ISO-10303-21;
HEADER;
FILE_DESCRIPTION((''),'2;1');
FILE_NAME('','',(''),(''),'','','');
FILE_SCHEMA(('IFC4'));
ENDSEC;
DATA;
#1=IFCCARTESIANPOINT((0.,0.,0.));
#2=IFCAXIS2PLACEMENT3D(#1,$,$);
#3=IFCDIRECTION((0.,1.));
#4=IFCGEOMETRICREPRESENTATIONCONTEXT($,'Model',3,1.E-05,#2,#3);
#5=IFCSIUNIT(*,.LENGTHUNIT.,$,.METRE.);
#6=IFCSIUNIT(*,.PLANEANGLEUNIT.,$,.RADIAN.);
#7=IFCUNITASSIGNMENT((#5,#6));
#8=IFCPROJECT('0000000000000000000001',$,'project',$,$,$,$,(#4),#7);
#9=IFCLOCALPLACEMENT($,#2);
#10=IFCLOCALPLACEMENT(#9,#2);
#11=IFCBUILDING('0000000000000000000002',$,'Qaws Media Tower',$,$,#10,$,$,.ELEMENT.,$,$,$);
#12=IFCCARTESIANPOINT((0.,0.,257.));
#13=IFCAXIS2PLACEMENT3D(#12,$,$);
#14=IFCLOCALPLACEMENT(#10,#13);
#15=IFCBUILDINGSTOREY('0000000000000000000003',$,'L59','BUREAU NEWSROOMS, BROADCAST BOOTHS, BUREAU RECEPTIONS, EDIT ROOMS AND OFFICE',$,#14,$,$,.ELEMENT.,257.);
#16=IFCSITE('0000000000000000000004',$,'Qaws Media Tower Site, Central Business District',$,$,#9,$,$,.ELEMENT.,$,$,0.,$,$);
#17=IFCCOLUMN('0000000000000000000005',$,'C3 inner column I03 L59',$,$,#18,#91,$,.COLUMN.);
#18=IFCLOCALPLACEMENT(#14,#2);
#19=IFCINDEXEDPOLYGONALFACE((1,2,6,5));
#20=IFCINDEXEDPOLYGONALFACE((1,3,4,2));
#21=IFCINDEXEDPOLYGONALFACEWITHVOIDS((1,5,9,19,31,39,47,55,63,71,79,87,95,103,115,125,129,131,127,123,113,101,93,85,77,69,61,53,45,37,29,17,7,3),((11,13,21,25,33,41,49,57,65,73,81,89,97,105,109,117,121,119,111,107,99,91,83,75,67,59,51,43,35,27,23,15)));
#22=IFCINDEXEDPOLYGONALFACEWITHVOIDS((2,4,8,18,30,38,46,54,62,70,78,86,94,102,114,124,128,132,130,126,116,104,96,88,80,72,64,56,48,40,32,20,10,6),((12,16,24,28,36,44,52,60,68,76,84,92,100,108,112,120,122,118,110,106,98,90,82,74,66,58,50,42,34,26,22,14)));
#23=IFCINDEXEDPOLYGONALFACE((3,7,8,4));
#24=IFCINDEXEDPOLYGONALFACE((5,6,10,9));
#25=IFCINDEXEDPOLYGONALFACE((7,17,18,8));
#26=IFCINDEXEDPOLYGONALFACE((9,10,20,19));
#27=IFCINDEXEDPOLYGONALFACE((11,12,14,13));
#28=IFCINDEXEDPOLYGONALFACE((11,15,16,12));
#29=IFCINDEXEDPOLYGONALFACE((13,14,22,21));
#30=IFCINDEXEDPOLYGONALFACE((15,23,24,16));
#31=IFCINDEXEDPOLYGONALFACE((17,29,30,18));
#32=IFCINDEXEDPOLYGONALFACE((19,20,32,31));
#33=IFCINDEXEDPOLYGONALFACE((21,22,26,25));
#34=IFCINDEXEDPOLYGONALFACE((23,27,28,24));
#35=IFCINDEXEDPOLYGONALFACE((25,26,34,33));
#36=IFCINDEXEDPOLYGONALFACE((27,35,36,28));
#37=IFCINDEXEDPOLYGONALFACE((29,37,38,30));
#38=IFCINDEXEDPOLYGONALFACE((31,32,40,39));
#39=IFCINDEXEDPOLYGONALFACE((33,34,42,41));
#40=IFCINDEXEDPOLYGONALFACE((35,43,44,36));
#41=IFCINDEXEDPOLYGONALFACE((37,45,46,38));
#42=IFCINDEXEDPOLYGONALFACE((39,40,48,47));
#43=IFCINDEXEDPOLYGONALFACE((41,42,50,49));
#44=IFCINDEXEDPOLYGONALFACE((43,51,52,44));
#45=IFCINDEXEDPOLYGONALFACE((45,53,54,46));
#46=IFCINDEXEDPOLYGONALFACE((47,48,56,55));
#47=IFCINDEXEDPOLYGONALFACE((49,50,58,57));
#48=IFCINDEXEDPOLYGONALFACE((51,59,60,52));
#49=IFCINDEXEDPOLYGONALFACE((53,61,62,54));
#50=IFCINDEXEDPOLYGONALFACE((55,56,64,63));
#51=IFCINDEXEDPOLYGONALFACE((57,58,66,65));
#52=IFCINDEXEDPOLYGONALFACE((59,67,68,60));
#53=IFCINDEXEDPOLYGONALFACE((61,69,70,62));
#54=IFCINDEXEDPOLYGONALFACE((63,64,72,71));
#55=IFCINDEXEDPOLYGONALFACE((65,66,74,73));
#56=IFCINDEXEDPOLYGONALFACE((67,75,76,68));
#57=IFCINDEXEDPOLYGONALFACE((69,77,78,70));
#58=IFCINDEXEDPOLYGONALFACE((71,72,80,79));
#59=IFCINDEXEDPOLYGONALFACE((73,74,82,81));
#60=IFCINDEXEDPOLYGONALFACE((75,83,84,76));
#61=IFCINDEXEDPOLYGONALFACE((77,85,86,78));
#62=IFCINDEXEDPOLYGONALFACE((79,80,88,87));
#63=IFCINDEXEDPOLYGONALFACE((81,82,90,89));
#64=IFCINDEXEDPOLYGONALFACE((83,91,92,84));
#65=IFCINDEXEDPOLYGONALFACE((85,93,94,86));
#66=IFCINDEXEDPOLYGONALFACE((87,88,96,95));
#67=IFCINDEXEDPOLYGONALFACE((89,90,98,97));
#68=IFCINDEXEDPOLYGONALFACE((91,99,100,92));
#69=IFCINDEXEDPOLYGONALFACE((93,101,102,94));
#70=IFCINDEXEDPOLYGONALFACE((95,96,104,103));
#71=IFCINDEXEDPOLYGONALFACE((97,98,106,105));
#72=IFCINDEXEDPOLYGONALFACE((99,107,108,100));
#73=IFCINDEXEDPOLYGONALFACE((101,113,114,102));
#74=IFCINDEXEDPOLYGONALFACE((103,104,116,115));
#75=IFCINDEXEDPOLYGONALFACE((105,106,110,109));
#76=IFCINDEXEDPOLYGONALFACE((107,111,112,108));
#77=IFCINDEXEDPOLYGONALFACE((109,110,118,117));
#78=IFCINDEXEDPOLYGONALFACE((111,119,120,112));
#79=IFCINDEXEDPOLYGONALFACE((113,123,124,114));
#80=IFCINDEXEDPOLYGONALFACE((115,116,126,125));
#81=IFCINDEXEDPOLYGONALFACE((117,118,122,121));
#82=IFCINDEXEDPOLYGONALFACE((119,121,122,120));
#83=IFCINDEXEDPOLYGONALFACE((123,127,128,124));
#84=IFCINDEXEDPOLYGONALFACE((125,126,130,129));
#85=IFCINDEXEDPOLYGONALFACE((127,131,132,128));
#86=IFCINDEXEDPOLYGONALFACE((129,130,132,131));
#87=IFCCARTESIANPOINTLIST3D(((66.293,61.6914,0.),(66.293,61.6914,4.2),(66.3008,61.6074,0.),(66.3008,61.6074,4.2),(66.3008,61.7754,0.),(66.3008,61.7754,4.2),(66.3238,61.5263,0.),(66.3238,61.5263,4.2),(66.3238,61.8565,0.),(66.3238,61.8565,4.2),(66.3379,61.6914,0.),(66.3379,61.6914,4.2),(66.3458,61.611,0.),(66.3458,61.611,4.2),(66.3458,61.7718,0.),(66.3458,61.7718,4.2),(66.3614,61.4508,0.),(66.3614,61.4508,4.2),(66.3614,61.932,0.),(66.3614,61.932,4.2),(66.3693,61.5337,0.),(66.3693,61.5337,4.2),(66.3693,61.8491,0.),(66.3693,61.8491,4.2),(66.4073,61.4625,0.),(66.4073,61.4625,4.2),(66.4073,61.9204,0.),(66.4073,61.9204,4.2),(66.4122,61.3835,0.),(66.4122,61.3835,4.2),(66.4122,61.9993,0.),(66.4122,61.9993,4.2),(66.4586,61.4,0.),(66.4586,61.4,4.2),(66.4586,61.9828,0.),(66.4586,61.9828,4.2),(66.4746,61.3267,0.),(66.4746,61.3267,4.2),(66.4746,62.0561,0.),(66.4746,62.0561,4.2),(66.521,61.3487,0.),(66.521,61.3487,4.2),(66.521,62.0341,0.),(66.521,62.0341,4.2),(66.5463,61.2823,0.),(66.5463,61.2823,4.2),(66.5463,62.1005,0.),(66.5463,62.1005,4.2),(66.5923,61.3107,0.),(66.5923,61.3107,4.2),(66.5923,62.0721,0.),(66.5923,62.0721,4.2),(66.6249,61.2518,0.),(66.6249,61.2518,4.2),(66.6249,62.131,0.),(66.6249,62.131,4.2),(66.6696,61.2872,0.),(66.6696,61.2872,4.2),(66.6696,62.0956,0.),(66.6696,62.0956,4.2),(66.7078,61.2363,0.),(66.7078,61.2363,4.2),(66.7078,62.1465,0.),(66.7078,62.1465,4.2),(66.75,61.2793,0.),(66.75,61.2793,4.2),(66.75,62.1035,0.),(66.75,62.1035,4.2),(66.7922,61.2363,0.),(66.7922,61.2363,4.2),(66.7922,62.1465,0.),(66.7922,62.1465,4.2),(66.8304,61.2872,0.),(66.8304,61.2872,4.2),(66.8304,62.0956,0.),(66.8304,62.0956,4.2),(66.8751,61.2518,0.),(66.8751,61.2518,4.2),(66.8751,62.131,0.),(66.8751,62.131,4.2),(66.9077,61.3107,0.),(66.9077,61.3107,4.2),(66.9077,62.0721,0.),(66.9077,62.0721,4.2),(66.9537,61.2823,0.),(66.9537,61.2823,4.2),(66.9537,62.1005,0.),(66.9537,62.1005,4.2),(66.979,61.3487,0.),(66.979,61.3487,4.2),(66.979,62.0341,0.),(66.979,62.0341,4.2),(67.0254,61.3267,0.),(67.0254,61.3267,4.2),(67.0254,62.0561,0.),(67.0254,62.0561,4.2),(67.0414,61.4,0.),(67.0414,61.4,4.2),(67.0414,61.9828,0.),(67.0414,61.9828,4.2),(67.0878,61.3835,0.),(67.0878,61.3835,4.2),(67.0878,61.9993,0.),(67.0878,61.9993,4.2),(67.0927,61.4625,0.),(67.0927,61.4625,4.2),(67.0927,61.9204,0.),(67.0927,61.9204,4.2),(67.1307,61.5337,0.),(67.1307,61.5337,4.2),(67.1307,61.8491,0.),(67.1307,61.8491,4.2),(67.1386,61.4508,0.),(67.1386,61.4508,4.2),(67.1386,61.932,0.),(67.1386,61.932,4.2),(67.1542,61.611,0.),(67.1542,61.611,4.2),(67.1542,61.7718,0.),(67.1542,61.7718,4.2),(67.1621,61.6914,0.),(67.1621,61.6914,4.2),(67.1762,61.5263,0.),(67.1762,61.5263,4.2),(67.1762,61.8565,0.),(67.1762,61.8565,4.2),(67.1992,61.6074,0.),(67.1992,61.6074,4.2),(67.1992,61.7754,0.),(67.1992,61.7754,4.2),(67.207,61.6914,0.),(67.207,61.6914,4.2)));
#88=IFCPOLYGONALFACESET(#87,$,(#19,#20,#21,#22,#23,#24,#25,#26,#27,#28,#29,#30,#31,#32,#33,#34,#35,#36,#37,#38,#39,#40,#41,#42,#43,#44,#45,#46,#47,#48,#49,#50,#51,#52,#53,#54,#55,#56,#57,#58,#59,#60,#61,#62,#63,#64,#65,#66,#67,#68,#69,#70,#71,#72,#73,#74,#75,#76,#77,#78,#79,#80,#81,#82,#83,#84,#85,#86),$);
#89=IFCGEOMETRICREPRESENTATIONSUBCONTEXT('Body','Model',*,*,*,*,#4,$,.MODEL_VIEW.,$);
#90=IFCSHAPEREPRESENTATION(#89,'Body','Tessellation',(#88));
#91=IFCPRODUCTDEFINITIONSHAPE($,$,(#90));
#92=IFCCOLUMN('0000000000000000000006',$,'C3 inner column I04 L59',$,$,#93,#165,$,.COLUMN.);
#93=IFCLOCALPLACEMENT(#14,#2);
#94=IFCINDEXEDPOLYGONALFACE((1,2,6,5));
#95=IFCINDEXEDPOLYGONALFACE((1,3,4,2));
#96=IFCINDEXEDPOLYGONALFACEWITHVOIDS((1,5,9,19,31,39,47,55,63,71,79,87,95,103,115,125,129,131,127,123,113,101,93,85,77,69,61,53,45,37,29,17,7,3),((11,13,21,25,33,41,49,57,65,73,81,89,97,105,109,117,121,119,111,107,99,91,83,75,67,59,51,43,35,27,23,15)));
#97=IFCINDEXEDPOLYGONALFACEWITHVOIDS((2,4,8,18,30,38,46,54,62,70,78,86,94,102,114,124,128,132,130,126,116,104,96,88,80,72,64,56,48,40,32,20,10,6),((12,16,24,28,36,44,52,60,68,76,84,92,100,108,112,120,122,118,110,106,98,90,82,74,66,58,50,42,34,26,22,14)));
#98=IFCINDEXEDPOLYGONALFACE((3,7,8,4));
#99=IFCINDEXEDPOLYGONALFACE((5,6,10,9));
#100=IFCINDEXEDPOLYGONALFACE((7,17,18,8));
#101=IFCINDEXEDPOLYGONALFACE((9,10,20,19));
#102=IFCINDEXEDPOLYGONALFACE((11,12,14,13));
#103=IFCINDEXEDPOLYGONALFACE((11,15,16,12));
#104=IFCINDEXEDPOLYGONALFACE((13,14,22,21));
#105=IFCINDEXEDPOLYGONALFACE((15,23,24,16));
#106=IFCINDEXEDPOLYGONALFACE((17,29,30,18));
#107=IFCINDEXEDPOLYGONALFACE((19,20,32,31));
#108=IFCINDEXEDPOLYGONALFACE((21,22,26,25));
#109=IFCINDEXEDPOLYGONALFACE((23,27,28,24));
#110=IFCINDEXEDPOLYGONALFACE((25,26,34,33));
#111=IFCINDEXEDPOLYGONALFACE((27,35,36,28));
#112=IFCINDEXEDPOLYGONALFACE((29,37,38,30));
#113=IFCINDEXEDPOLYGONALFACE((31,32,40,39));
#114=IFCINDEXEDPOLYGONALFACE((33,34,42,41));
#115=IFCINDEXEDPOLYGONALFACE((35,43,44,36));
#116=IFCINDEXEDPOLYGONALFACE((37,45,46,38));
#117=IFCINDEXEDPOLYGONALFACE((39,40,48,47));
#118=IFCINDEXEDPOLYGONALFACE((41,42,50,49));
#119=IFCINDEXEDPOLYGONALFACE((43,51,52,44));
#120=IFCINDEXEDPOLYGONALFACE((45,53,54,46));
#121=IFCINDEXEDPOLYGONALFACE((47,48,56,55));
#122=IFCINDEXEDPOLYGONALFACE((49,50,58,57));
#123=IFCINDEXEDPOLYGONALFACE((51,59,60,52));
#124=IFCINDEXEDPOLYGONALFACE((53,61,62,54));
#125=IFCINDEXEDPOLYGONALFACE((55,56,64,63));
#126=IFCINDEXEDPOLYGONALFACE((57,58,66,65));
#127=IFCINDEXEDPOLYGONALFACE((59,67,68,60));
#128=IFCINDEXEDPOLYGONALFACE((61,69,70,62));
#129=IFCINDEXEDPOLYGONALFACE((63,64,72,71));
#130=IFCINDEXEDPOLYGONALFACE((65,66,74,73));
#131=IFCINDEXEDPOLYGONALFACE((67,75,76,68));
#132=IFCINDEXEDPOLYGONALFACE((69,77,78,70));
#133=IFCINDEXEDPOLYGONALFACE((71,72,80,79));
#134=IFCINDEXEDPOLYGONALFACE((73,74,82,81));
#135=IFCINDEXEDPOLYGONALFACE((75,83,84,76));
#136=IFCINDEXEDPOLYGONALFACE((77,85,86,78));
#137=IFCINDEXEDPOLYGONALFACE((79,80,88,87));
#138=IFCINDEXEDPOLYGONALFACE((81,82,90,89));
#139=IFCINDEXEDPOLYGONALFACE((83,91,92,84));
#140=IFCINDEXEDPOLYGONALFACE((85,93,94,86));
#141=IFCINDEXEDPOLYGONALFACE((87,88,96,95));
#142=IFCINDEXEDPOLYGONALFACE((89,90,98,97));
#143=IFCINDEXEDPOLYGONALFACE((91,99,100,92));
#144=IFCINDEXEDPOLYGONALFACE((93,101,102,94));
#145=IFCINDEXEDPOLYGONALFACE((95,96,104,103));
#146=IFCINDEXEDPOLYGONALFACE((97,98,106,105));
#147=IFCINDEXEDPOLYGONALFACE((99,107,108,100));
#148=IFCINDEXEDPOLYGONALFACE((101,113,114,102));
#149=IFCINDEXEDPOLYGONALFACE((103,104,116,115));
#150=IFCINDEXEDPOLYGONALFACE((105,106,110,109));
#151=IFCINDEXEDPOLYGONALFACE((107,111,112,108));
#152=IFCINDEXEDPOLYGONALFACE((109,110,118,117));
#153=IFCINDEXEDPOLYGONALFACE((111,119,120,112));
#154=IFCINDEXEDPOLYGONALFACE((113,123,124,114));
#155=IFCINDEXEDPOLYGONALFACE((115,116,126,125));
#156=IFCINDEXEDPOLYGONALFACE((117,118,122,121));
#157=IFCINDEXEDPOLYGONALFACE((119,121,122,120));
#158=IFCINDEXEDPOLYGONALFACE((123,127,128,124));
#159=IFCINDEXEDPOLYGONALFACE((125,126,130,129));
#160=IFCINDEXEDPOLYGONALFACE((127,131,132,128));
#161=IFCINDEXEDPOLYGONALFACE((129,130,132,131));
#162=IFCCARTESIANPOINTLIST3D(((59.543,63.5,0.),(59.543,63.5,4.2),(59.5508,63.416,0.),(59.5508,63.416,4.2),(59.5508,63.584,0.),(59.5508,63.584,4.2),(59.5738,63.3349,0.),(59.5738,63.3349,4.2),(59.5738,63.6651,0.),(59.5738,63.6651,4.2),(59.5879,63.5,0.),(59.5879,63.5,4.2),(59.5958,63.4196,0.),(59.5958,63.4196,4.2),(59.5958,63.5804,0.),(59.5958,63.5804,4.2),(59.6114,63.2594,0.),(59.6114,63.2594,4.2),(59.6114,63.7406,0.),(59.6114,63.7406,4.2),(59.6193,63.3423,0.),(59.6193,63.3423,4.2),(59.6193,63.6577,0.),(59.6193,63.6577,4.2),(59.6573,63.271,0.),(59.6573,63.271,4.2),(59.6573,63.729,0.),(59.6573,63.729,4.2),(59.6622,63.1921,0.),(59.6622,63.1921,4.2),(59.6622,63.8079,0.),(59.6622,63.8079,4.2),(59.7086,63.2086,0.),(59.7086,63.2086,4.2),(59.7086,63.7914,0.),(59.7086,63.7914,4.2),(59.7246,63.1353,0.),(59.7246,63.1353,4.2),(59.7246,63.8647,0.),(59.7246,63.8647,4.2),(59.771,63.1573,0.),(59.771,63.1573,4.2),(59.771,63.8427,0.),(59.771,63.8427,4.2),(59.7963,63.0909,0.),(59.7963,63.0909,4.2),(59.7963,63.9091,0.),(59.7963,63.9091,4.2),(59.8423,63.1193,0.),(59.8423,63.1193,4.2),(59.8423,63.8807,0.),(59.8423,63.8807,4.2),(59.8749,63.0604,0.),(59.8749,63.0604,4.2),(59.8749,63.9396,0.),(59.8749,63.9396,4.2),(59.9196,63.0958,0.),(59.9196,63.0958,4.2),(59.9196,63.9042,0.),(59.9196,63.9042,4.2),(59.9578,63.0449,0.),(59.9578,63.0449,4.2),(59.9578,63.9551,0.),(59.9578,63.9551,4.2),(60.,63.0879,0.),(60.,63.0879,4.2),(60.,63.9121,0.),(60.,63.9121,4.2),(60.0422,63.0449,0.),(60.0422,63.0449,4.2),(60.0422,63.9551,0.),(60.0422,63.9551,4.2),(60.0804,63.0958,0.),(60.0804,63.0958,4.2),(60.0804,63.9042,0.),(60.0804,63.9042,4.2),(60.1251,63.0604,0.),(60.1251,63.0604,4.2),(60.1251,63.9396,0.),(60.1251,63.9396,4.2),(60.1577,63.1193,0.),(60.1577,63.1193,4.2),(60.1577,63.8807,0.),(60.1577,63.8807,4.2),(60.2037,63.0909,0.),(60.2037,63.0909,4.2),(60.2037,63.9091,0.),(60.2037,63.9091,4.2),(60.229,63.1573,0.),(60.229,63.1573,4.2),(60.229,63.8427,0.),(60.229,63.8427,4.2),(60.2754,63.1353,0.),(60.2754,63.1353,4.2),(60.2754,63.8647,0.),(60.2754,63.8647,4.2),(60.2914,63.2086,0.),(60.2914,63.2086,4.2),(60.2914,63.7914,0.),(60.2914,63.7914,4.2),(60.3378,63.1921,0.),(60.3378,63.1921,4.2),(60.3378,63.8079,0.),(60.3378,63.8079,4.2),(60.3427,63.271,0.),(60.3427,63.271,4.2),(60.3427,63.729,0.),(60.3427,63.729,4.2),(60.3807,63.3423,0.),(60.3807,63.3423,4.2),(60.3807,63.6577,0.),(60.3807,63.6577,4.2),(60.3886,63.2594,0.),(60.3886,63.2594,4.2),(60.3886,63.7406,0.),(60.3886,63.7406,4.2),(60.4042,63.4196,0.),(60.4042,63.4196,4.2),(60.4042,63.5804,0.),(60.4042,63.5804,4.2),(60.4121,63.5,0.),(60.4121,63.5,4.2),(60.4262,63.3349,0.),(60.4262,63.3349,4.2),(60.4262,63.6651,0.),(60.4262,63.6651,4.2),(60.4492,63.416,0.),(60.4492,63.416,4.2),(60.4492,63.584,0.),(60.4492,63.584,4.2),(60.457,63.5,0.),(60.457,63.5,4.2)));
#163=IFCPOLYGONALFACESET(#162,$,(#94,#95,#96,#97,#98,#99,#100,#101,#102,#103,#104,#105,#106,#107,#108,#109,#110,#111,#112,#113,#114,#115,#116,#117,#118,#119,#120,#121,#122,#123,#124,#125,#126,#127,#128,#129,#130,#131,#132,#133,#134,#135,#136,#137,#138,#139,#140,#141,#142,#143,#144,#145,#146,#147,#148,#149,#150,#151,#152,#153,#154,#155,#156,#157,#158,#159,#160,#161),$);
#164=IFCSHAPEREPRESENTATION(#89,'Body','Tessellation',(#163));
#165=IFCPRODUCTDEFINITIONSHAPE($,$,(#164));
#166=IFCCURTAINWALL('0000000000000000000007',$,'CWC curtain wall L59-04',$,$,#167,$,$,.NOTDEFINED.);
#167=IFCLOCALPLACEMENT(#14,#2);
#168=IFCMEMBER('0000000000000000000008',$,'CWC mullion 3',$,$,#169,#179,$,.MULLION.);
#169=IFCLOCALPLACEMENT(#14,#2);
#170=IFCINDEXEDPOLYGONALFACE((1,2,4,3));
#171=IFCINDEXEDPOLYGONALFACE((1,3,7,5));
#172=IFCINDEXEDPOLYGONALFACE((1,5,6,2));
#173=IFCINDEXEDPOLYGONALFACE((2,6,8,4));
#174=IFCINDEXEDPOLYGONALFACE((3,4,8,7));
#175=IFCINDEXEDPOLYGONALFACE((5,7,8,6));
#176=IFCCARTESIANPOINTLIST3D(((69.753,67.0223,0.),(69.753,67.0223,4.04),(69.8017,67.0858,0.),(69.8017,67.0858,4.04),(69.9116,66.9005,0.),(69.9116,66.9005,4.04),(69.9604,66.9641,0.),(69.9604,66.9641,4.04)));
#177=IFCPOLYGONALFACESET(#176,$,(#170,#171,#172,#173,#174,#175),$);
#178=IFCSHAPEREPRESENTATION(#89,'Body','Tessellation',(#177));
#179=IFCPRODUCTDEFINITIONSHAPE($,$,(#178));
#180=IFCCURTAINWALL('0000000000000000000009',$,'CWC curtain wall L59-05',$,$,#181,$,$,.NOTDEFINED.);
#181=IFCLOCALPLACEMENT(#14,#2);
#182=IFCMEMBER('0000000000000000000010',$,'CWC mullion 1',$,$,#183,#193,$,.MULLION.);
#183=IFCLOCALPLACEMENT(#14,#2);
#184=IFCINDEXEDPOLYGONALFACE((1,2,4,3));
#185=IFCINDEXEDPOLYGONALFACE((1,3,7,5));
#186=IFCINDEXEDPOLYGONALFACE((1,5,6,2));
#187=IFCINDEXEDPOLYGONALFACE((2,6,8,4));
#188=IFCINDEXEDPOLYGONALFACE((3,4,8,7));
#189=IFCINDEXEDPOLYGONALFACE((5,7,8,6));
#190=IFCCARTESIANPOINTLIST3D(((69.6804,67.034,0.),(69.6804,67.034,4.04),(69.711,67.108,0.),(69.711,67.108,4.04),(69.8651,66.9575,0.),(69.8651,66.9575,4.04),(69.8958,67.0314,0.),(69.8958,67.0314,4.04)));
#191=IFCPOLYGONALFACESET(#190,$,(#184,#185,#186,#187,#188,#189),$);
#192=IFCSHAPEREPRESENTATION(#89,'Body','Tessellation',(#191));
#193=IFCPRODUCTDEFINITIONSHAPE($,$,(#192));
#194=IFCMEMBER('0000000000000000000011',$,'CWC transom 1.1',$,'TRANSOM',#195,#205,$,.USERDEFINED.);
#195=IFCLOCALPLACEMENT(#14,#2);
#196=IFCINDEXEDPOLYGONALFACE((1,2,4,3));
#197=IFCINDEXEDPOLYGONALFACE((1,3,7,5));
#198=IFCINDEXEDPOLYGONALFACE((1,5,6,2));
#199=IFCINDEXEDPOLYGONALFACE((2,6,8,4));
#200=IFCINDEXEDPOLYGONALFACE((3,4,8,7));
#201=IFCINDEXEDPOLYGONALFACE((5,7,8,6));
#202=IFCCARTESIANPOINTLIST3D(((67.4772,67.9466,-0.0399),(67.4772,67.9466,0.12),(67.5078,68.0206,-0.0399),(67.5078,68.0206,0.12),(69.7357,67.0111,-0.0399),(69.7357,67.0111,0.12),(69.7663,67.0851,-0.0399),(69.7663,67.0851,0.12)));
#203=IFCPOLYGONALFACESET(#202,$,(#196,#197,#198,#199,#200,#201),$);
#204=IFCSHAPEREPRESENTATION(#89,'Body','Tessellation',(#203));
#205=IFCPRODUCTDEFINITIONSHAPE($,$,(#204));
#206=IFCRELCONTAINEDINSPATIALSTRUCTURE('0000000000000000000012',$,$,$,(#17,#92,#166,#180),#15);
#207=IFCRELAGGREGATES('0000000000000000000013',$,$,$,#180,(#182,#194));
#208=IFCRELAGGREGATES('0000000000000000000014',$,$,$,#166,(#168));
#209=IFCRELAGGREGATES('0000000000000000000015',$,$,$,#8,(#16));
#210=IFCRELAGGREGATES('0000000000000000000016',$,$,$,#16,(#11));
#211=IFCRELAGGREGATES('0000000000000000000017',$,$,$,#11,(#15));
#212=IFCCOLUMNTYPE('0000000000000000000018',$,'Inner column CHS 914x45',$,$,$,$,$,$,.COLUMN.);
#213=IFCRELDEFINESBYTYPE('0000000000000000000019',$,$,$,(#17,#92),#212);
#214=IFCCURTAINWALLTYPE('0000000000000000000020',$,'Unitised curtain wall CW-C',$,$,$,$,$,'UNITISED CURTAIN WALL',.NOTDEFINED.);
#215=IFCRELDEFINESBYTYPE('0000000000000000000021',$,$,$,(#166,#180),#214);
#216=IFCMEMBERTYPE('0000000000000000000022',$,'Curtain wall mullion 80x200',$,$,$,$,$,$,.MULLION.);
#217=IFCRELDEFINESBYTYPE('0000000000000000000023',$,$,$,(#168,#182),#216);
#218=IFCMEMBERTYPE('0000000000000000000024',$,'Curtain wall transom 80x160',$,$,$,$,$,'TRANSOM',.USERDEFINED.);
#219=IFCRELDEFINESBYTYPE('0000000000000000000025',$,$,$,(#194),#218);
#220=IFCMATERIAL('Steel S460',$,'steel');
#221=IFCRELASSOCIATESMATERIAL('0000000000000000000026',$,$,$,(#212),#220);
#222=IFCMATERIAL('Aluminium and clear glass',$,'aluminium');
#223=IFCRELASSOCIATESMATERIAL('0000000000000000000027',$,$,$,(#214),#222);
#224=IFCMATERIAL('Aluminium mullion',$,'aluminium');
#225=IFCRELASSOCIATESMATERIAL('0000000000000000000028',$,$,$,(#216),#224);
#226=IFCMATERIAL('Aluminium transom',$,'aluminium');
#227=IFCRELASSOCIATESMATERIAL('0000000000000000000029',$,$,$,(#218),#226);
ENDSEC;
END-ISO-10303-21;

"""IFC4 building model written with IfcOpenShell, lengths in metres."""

from ifc_helpers import new_model, si_unit, direction, frame, origin, origin_2d, place, context, subcontext, project, spatial, rectangle, hollow_circle, extrude, material, material_profile, profile_set, type_object, element, aggregate, save


model = new_model("IFC4")

# Units and contexts
model_context = context("Model", 3, precision=1e-05, world=origin(), true_north=direction((0.0, 1.0)))
body_context = subcontext(model_context, "Body", "Model", "MODEL_VIEW")
ifc_project = project(units=[si_unit("LENGTHUNIT", "METRE"), si_unit("PLANEANGLEUNIT", "RADIAN")], contexts=[model_context])

# Site, building, storey
site_placement = place(None, origin())
site = spatial("IfcSite", under=ifc_project, at=site_placement, Name="Qaws Media Tower Site, Central Business District", CompositionType="ELEMENT", RefElevation=0.0)
building_placement = place(site_placement, origin())
building = spatial("IfcBuilding", under=site, at=building_placement, Name="Qaws Media Tower", CompositionType="ELEMENT")
storey_placement = place(building_placement, frame((0.0, 0.0, 257.0)))
storey = spatial("IfcBuildingStorey", under=building, at=storey_placement, Name="L59", Description="BUREAU NEWSROOMS, BROADCAST BOOTHS, BUREAU RECEPTIONS, EDIT ROOMS AND OFFICE", CompositionType="ELEMENT", Elevation=257.0)

# Columns
ifc_material_1 = material(Name="Steel S460", Category="steel")
ifc_material_profile_1 = material_profile(ifc_material_1, hollow_circle(Radius=0.457, WallThickness=0.0449, at=origin_2d()), Name="CHS 914x45")
ifc_profile_set_1 = profile_set([ifc_material_profile_1], Name="Steel S460")
column_type = type_object("IfcColumnType", Name="Inner column CHS 914x45", PredefinedType="COLUMN", material=ifc_profile_set_1)
for number, where, z_axis, x_axis, name in (
    (1, (66.75, 61.6914, 0.0), (0.0, 0.0, 1.0), (1.0, 0.0, 0.0), "C3 inner column I03 L59"),
    (2, (60.0, 63.5, 0.0), (0.0, 0.0, 1.0), (1.0, 0.0, 0.0), "C3 inner column I04 L59"),
):
    element("IfcColumn", number, at=place(storey_placement, frame(where, z_axis=z_axis, x_axis=x_axis)), inside=storey, type_object=column_type, Name=name, PredefinedType="COLUMN", context=body_context, shape_type="SweptSolid", body=[
        extrude(hollow_circle(Radius=0.457, WallThickness=0.0449, at=origin_2d()), origin(), (0.0, 0.0, 1.0), 4.2),
    ])

# Curtain wall, member
ifc_material_2 = material(Name="Aluminium and clear glass", Category="aluminium")
curtain_wall_type = type_object("IfcCurtainWallType", Name="Unitised curtain wall CW-C", ElementType="UNITISED CURTAIN WALL", PredefinedType="NOTDEFINED", material=ifc_material_2)
curtain_wall_1_placement = place(storey_placement, origin())
curtain_wall_1 = element("IfcCurtainWall", 3, at=curtain_wall_1_placement, inside=storey, type_object=curtain_wall_type, Name="CWC curtain wall L59-04", PredefinedType="NOTDEFINED")
ifc_material_3 = material(Name="Aluminium mullion", Category="aluminium")
ifc_material_profile_2 = material_profile(ifc_material_3, rectangle(XDim=0.0801, YDim=0.2, at=origin_2d()), Name="80x200")
ifc_profile_set_2 = profile_set([ifc_material_profile_2], Name="Aluminium mullion")
member_type_1 = type_object("IfcMemberType", Name="Curtain wall mullion 80x200", PredefinedType="MULLION", material=ifc_profile_set_2)
member_1_placement = place(storey_placement, frame((69.8567, 66.9932, 0.0), z_axis=(0.0, 0.0, 1.0), x_axis=(-0.608761, -0.793353, 0.0)))
member_1 = element("IfcMember", 4, at=member_1_placement, type_object=member_type_1, Name="CWC mullion 3", PredefinedType="MULLION", context=body_context, shape_type="SweptSolid", body=[
    extrude(rectangle(XDim=0.0801, YDim=0.2, at=origin_2d()), origin(), (0.0, 0.0, 1.0), 4.04),
])

# Curtain wall, members
curtain_wall_2_placement = place(storey_placement, origin())
curtain_wall_2 = element("IfcCurtainWall", 5, at=curtain_wall_2_placement, inside=storey, type_object=curtain_wall_type, Name="CWC curtain wall L59-05", PredefinedType="NOTDEFINED")
member_2_placement = place(storey_placement, frame((69.7881, 67.0327, 0.0), z_axis=(0.0, 0.0, 1.0), x_axis=(-0.382683, -0.92388, 0.0)))
member_2 = element("IfcMember", 6, at=member_2_placement, type_object=member_type_1, Name="CWC mullion 1", PredefinedType="MULLION", context=body_context, shape_type="SweptSolid", body=[
    extrude(rectangle(XDim=0.0801, YDim=0.2, at=origin_2d()), origin(), (0.0, 0.0, 1.0), 4.04),
])
ifc_material_4 = material(Name="Aluminium transom", Category="aluminium")
ifc_material_profile_3 = material_profile(ifc_material_4, rectangle(XDim=0.0801, YDim=0.1599, at=origin_2d()), Name="80x160")
ifc_profile_set_3 = profile_set([ifc_material_profile_3], Name="Aluminium transom")
member_type_2 = type_object("IfcMemberType", Name="Curtain wall transom 80x160", ElementType="TRANSOM", PredefinedType="USERDEFINED", material=ifc_profile_set_3)
member_3_placement = place(storey_placement, frame((69.751, 67.0481, 0.04), z_axis=(-0.923876, 0.382693, 0.0), x_axis=(-0.382693, -0.923876, 0.0)))
member_3 = element("IfcMember", 7, at=member_3_placement, type_object=member_type_2, Name="CWC transom 1.1", ObjectType="TRANSOM", PredefinedType="USERDEFINED", context=body_context, shape_type="SweptSolid", body=[
    extrude(rectangle(XDim=0.0801, YDim=0.1599, at=origin_2d()), origin(), (0.0, 0.0, 1.0), 2.4446),
])
aggregate(curtain_wall_2, [member_2, member_3])

aggregate(curtain_wall_1, [member_1])

save(model, "model.ifc")
